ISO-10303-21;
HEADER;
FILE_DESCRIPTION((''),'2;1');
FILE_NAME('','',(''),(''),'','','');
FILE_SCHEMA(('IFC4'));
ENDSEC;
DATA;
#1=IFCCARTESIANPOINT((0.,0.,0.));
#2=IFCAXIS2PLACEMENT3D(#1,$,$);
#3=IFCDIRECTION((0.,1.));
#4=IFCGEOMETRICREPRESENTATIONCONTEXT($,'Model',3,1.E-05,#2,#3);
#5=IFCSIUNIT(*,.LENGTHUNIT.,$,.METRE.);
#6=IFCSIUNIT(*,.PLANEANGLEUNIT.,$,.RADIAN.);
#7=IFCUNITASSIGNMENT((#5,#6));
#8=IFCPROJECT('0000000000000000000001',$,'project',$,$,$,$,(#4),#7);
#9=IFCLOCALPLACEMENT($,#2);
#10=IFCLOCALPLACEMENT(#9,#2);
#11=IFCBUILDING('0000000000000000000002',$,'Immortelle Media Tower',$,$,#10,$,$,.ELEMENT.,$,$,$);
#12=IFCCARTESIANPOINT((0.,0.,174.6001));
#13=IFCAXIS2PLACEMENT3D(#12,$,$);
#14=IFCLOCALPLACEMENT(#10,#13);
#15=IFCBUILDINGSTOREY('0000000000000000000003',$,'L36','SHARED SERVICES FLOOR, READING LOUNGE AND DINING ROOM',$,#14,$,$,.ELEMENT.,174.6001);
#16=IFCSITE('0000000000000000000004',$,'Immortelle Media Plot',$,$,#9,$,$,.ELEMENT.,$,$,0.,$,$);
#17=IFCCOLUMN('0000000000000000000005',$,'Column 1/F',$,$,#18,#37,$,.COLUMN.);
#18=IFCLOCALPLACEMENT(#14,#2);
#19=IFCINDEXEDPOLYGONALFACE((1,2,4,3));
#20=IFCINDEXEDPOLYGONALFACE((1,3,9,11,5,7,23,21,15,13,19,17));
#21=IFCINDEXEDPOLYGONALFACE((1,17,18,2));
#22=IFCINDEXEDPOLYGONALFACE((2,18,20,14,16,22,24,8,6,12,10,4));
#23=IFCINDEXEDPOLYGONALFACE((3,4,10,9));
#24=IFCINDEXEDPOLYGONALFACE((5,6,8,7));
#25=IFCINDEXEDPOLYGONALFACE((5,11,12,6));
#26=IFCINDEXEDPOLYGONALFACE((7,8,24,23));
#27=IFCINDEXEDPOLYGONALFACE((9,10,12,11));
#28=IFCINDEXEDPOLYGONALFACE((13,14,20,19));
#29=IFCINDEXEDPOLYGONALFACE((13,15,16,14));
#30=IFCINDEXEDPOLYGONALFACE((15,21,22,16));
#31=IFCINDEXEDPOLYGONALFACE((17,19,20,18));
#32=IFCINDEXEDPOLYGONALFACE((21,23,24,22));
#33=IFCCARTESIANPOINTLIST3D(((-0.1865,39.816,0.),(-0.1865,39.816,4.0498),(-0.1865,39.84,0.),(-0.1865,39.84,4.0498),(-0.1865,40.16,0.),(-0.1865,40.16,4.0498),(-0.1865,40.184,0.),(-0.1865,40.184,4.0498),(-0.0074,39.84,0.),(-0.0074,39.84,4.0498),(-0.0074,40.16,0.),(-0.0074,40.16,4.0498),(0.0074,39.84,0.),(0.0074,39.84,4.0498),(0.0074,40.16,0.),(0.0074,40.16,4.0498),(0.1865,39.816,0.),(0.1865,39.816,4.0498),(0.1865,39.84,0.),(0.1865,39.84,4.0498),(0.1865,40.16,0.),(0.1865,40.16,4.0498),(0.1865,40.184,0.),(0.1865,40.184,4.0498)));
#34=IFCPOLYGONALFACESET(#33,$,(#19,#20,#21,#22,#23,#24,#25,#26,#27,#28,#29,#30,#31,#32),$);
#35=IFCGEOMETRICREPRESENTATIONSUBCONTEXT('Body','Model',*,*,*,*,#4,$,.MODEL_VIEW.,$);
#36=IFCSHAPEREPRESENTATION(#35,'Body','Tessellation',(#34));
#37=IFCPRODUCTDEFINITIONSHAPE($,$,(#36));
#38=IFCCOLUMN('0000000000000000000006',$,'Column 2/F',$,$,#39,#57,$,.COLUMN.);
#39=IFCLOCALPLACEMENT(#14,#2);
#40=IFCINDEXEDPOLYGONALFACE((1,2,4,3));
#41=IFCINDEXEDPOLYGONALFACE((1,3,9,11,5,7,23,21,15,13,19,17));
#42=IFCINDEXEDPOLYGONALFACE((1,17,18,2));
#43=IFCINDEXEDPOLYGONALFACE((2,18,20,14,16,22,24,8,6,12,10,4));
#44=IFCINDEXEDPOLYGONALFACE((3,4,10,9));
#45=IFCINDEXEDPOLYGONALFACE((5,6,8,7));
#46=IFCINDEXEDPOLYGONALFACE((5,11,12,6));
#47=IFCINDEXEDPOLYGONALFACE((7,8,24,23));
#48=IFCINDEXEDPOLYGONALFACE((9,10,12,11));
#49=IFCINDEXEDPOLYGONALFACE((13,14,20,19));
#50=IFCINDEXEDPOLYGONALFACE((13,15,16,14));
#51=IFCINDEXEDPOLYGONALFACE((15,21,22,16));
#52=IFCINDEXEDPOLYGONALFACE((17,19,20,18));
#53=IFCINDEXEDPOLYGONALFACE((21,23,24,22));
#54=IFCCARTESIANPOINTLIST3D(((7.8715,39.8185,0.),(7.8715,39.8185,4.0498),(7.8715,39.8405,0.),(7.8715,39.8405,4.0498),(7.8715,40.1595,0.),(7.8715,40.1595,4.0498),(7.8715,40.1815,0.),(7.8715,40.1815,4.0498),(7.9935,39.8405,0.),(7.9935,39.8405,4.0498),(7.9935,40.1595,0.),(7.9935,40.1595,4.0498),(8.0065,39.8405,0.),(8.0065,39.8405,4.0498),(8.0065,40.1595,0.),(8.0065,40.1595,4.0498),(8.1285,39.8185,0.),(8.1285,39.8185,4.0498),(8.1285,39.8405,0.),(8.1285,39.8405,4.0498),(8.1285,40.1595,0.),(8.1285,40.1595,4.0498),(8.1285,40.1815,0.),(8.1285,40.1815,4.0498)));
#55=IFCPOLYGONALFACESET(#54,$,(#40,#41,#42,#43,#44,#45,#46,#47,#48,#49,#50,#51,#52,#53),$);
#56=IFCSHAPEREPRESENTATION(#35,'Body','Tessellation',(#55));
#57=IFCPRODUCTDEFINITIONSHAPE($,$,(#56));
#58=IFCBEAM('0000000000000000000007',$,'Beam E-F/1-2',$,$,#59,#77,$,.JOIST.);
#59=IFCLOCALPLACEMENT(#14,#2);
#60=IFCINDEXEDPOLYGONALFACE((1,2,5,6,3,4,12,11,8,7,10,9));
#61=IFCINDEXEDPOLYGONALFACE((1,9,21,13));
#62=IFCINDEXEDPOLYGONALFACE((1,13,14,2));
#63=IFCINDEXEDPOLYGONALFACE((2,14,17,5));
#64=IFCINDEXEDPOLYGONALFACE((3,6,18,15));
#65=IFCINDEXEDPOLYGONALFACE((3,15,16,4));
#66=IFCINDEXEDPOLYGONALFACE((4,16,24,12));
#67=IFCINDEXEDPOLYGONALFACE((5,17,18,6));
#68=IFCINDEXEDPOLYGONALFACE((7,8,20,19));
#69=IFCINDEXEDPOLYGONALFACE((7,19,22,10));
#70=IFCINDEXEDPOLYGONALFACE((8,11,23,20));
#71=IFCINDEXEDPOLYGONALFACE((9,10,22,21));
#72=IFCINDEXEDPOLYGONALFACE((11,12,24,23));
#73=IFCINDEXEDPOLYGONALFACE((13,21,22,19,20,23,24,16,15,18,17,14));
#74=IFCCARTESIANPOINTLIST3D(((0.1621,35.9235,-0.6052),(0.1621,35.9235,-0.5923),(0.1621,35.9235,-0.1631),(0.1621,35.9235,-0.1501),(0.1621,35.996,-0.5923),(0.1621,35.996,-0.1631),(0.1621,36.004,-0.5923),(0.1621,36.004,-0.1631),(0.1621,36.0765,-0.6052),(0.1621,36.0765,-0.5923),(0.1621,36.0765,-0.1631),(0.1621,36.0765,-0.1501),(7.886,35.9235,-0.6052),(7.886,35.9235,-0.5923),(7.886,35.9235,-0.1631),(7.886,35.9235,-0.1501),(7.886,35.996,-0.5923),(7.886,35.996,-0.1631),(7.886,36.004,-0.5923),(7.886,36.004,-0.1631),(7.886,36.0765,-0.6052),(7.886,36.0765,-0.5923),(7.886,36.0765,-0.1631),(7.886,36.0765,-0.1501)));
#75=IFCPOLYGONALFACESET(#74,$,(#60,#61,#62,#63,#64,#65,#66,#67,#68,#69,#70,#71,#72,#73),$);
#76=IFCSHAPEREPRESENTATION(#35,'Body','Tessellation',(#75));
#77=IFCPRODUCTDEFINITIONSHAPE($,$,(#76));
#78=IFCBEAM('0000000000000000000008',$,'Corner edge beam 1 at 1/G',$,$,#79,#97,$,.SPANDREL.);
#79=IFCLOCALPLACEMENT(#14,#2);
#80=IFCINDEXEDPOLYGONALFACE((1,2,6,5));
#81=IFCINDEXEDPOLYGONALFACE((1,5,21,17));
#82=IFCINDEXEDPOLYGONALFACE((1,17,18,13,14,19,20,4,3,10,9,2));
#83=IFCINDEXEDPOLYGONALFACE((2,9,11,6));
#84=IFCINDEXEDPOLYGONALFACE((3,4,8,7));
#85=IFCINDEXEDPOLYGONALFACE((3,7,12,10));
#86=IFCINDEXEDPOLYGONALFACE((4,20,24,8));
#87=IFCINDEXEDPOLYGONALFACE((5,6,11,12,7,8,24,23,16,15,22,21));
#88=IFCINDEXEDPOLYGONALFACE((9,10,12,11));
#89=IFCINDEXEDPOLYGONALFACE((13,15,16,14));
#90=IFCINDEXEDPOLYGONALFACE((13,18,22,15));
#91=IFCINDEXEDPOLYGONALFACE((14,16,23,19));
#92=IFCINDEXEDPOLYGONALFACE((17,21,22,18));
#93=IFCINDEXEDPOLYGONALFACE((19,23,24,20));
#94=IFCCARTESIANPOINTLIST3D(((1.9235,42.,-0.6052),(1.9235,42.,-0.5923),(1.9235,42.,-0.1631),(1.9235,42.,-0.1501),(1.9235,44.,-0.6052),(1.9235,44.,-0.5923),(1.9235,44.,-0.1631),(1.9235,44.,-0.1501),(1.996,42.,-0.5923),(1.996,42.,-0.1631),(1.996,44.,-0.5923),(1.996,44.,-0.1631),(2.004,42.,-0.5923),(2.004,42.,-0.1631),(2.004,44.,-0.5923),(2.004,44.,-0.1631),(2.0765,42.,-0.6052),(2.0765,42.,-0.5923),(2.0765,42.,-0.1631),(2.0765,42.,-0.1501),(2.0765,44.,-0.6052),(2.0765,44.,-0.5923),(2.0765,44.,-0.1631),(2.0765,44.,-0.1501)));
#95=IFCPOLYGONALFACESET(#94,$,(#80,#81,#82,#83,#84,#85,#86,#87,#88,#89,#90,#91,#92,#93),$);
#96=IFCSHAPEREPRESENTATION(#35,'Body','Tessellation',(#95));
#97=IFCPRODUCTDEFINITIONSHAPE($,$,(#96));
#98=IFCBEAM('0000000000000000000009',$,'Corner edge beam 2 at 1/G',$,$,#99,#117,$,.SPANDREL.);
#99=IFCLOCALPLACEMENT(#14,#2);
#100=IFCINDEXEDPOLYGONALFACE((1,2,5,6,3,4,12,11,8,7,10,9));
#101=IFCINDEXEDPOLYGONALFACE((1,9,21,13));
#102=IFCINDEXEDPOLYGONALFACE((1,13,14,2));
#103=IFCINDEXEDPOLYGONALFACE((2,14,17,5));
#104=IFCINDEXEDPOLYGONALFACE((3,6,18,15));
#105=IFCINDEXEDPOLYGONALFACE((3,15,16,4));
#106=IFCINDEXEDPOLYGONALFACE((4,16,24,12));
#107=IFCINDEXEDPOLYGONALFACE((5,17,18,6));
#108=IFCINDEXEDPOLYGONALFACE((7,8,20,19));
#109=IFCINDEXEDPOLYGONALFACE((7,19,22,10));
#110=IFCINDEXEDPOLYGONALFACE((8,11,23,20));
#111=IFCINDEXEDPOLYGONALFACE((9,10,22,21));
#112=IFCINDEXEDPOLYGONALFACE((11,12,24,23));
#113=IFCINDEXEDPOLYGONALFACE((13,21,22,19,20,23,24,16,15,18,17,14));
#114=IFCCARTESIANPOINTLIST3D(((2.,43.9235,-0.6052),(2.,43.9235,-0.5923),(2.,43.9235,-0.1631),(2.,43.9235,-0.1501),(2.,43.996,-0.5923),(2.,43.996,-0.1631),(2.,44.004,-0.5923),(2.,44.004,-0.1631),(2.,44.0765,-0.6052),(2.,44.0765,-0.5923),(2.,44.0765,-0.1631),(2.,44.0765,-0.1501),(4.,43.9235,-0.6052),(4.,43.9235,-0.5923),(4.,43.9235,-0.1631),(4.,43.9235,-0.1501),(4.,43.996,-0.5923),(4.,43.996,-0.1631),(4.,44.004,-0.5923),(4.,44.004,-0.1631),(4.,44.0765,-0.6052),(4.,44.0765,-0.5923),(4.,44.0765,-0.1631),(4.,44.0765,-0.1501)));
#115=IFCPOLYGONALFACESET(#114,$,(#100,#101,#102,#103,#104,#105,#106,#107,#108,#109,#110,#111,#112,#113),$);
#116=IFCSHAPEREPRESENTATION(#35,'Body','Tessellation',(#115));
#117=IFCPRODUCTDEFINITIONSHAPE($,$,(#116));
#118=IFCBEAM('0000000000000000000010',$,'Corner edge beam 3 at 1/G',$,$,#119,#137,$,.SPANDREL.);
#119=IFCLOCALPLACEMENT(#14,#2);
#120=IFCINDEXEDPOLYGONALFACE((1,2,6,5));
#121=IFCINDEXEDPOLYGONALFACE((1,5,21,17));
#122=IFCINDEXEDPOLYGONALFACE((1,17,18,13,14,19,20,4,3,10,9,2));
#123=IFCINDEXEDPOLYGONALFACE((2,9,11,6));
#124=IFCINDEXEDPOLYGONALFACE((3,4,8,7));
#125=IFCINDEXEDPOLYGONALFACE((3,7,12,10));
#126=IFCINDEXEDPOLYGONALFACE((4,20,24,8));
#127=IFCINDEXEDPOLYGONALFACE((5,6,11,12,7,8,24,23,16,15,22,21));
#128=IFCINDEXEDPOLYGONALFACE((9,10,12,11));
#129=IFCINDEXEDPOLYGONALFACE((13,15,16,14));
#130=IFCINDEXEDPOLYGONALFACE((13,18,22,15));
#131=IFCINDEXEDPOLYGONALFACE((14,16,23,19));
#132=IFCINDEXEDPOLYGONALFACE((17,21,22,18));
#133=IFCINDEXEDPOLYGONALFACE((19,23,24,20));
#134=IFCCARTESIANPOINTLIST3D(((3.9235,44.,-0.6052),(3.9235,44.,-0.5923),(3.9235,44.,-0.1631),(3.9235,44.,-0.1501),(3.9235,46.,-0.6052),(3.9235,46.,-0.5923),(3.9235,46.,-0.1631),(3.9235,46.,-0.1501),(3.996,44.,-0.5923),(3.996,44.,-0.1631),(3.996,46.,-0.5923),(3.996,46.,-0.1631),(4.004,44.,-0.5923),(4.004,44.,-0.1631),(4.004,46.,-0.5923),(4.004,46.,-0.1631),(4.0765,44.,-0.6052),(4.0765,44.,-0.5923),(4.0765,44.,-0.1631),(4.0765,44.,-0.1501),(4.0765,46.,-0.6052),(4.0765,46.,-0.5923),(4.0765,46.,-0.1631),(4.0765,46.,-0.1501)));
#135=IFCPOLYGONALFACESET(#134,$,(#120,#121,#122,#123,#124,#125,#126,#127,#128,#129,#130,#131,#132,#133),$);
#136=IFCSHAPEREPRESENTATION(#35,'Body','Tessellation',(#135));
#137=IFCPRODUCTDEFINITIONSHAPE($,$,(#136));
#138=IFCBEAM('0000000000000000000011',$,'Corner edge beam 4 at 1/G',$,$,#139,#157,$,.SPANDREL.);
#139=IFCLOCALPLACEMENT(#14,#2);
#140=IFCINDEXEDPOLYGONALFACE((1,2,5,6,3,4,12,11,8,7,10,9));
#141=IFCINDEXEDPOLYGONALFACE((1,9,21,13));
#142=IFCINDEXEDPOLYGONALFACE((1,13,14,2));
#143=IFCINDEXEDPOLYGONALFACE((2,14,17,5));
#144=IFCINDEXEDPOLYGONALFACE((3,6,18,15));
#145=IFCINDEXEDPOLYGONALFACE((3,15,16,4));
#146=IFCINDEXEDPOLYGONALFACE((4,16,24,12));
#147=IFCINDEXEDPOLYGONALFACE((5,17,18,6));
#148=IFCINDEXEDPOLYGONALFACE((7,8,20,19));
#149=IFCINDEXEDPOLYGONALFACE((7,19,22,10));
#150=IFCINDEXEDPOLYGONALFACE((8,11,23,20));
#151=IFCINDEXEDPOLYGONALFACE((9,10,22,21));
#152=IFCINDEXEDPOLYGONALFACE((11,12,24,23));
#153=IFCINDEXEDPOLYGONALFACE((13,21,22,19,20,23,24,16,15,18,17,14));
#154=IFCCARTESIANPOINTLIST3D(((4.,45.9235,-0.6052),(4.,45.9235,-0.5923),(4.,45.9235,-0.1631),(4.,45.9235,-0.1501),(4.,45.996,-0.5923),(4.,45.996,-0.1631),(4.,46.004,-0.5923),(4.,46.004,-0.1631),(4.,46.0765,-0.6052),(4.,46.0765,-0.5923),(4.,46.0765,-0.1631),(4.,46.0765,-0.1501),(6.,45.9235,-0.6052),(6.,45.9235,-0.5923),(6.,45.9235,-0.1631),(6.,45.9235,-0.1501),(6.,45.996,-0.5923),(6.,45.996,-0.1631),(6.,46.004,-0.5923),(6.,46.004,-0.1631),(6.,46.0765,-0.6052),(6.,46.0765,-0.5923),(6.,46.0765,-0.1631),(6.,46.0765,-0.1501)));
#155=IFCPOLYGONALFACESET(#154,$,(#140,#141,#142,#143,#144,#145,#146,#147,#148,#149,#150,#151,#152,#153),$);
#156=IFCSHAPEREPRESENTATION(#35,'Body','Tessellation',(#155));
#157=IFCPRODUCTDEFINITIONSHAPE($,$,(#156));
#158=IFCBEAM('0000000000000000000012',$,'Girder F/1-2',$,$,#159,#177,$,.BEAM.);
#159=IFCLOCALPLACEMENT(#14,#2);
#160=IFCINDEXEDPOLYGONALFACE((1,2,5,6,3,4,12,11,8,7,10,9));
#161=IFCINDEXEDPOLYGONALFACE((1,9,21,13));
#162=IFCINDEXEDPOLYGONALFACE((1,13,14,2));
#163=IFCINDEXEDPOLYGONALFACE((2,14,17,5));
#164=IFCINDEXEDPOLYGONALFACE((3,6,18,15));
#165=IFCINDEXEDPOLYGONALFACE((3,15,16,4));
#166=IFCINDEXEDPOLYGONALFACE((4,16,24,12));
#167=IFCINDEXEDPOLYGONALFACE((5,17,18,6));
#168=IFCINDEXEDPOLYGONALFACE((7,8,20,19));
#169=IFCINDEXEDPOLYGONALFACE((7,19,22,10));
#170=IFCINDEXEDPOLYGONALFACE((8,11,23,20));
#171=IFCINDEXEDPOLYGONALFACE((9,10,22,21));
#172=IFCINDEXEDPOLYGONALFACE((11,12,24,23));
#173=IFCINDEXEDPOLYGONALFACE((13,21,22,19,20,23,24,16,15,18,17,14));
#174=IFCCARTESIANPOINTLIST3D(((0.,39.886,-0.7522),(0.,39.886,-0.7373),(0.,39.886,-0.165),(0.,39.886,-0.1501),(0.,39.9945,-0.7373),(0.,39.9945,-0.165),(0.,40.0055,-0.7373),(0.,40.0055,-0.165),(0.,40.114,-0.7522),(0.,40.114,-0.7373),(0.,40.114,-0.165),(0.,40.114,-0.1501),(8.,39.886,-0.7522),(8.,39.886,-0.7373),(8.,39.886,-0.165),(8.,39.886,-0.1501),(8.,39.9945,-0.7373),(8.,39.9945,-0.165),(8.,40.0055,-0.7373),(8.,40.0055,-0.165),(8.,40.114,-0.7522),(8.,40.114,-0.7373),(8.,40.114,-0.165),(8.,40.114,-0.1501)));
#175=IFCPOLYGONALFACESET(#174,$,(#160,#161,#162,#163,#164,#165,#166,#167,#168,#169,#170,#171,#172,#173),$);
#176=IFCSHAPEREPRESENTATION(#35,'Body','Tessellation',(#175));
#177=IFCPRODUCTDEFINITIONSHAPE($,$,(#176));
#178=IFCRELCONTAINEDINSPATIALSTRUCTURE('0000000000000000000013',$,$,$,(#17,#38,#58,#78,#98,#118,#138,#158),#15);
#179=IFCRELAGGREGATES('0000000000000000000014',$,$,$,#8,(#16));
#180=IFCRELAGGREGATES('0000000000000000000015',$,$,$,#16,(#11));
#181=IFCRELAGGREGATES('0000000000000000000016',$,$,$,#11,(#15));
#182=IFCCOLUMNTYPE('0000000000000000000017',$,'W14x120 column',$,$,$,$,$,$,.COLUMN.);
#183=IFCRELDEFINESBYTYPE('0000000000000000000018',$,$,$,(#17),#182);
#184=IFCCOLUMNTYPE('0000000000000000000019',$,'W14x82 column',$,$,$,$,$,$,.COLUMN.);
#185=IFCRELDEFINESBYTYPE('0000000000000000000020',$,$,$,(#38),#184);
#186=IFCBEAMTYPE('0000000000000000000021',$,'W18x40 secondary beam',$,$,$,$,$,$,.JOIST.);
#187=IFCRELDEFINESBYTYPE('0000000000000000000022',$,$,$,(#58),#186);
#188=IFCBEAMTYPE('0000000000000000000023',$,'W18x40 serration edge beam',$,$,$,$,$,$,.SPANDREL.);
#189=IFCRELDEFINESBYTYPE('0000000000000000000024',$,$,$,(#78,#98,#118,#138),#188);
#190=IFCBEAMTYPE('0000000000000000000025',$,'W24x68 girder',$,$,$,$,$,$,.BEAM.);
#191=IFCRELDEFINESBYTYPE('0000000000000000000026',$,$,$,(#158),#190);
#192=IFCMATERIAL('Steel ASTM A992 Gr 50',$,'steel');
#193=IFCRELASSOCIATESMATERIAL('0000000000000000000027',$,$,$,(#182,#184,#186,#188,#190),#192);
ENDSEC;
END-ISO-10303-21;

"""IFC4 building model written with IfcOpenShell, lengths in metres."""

from ifc_helpers import new_model, si_unit, direction, frame, origin, origin_2d, place, context, subcontext, project, spatial, i_section, extrude, material, material_profile, profile_set, type_object, element, save


model = new_model("IFC4")

# Units and contexts
model_context = context("Model", 3, precision=1e-05, world=origin(), true_north=direction((0.0, 1.0)))
body_context = subcontext(model_context, "Body", "Model", "MODEL_VIEW")
ifc_project = project(units=[si_unit("LENGTHUNIT", "METRE"), si_unit("PLANEANGLEUNIT", "RADIAN")], contexts=[model_context])

# Site, building, storey
site_placement = place(None, origin())
site = spatial("IfcSite", under=ifc_project, at=site_placement, Name="Immortelle Media Plot", CompositionType="ELEMENT", RefElevation=0.0)
building_placement = place(site_placement, origin())
building = spatial("IfcBuilding", under=site, at=building_placement, Name="Immortelle Media Tower", CompositionType="ELEMENT")
storey_placement = place(building_placement, frame((0.0, 0.0, 174.6001)))
storey = spatial("IfcBuildingStorey", under=building, at=storey_placement, Name="L36", Description="SHARED SERVICES FLOOR, READING LOUNGE AND DINING ROOM", CompositionType="ELEMENT", Elevation=174.6001)

# Columns
ifc_material_1 = material(Name="Steel ASTM A992 Gr 50", Category="steel")
ifc_material_profile_1 = material_profile(ifc_material_1, i_section(OverallWidth=0.373, OverallDepth=0.3679, WebThickness=0.0149, FlangeThickness=0.0239, at=origin_2d()), Name="W14x120")
ifc_profile_set_1 = profile_set([ifc_material_profile_1], Name="Steel ASTM A992 Gr 50")
column_type_1 = type_object("IfcColumnType", Name="W14x120 column", PredefinedType="COLUMN", material=ifc_profile_set_1)
column_1_placement = place(storey_placement, frame((0.0, 40.0, 0.0), z_axis=(0.0, 0.0, 1.0), x_axis=(1.0, 0.0, 0.0)))
element("IfcColumn", 1, at=column_1_placement, inside=storey, type_object=column_type_1, Name="Column 1/F", PredefinedType="COLUMN", context=body_context, shape_type="SweptSolid", body=[
    extrude(i_section(OverallWidth=0.373, OverallDepth=0.3679, WebThickness=0.0149, FlangeThickness=0.0239, at=origin_2d()), origin(), (0.0, 0.0, 1.0), 4.0498),
])
ifc_material_profile_2 = material_profile(ifc_material_1, i_section(OverallWidth=0.2571, OverallDepth=0.363, WebThickness=0.0129, FlangeThickness=0.022, at=origin_2d()), Name="W14x82")
ifc_profile_set_2 = profile_set([ifc_material_profile_2], Name="Steel ASTM A992 Gr 50")
column_type_2 = type_object("IfcColumnType", Name="W14x82 column", PredefinedType="COLUMN", material=ifc_profile_set_2)
column_2_placement = place(storey_placement, frame((8.0, 40.0, 0.0), z_axis=(0.0, 0.0, 1.0), x_axis=(1.0, 0.0, 0.0)))
element("IfcColumn", 2, at=column_2_placement, inside=storey, type_object=column_type_2, Name="Column 2/F", PredefinedType="COLUMN", context=body_context, shape_type="SweptSolid", body=[
    extrude(i_section(OverallWidth=0.2571, OverallDepth=0.363, WebThickness=0.0129, FlangeThickness=0.022, at=origin_2d()), origin(), (0.0, 0.0, 1.0), 4.0498),
])

# Beams
ifc_material_profile_3 = material_profile(ifc_material_1, i_section(OverallWidth=0.1531, OverallDepth=0.4551, WebThickness=0.0081, FlangeThickness=0.0129, at=origin_2d()), Name="W18x40")
ifc_profile_set_3 = profile_set([ifc_material_profile_3], Name="Steel ASTM A992 Gr 50")
beam_type_1 = type_object("IfcBeamType", Name="W18x40 secondary beam", PredefinedType="JOIST", material=ifc_profile_set_3)
beam_1_placement = place(storey_placement, frame((0.1621, 36.0, -0.3777), z_axis=(1.0, 0.0, 0.0), x_axis=(0.0, 1.0, 0.0)))
element("IfcBeam", 3, at=beam_1_placement, inside=storey, type_object=beam_type_1, Name="Beam E-F/1-2", PredefinedType="JOIST", context=body_context, shape_type="SweptSolid", body=[
    extrude(i_section(OverallWidth=0.1531, OverallDepth=0.4551, WebThickness=0.0081, FlangeThickness=0.0129, at=origin_2d()), origin(), (0.0, 0.0, 1.0), 7.7239),
])
ifc_material_profile_4 = material_profile(ifc_material_1, i_section(OverallWidth=0.1531, OverallDepth=0.4551, WebThickness=0.0081, FlangeThickness=0.0129, at=origin_2d()), Name="W18x40")
ifc_profile_set_4 = profile_set([ifc_material_profile_4], Name="Steel ASTM A992 Gr 50")
beam_type_2 = type_object("IfcBeamType", Name="W18x40 serration edge beam", PredefinedType="SPANDREL", material=ifc_profile_set_4)
for number, where, z_axis, x_axis, name in (
    (4, (2.0, 42.0, -0.3777), (0.0, 1.0, 0.0), (-1.0, 0.0, 0.0), "Corner edge beam 1 at 1/G"),
    (5, (2.0, 44.0, -0.3777), (1.0, 0.0, 0.0), (0.0, 1.0, 0.0), "Corner edge beam 2 at 1/G"),
    (6, (4.0, 44.0, -0.3777), (0.0, 1.0, 0.0), (-1.0, 0.0, 0.0), "Corner edge beam 3 at 1/G"),
    (7, (4.0, 46.0, -0.3777), (1.0, 0.0, 0.0), (0.0, 1.0, 0.0), "Corner edge beam 4 at 1/G"),
):
    element("IfcBeam", number, at=place(storey_placement, frame(where, z_axis=z_axis, x_axis=x_axis)), inside=storey, type_object=beam_type_2, Name=name, PredefinedType="SPANDREL", context=body_context, shape_type="SweptSolid", body=[
        extrude(i_section(OverallWidth=0.1531, OverallDepth=0.4551, WebThickness=0.0081, FlangeThickness=0.0129, at=origin_2d()), origin(), (0.0, 0.0, 1.0), 2.0),
    ])
ifc_material_profile_5 = material_profile(ifc_material_1, i_section(OverallWidth=0.228, OverallDepth=0.6021, WebThickness=0.011, FlangeThickness=0.0149, at=origin_2d()), Name="W24x68")
ifc_profile_set_5 = profile_set([ifc_material_profile_5], Name="Steel ASTM A992 Gr 50")
beam_type_3 = type_object("IfcBeamType", Name="W24x68 girder", PredefinedType="BEAM", material=ifc_profile_set_5)
beam_2_placement = place(storey_placement, frame((0.0, 40.0, -0.4512), z_axis=(1.0, 0.0, 0.0), x_axis=(0.0, 1.0, 0.0)))
element("IfcBeam", 8, at=beam_2_placement, inside=storey, type_object=beam_type_3, Name="Girder F/1-2", PredefinedType="BEAM", context=body_context, shape_type="SweptSolid", body=[
    extrude(i_section(OverallWidth=0.228, OverallDepth=0.6021, WebThickness=0.011, FlangeThickness=0.0149, at=origin_2d()), origin(), (0.0, 0.0, 1.0), 8.0),
])

save(model, "model.ifc")
